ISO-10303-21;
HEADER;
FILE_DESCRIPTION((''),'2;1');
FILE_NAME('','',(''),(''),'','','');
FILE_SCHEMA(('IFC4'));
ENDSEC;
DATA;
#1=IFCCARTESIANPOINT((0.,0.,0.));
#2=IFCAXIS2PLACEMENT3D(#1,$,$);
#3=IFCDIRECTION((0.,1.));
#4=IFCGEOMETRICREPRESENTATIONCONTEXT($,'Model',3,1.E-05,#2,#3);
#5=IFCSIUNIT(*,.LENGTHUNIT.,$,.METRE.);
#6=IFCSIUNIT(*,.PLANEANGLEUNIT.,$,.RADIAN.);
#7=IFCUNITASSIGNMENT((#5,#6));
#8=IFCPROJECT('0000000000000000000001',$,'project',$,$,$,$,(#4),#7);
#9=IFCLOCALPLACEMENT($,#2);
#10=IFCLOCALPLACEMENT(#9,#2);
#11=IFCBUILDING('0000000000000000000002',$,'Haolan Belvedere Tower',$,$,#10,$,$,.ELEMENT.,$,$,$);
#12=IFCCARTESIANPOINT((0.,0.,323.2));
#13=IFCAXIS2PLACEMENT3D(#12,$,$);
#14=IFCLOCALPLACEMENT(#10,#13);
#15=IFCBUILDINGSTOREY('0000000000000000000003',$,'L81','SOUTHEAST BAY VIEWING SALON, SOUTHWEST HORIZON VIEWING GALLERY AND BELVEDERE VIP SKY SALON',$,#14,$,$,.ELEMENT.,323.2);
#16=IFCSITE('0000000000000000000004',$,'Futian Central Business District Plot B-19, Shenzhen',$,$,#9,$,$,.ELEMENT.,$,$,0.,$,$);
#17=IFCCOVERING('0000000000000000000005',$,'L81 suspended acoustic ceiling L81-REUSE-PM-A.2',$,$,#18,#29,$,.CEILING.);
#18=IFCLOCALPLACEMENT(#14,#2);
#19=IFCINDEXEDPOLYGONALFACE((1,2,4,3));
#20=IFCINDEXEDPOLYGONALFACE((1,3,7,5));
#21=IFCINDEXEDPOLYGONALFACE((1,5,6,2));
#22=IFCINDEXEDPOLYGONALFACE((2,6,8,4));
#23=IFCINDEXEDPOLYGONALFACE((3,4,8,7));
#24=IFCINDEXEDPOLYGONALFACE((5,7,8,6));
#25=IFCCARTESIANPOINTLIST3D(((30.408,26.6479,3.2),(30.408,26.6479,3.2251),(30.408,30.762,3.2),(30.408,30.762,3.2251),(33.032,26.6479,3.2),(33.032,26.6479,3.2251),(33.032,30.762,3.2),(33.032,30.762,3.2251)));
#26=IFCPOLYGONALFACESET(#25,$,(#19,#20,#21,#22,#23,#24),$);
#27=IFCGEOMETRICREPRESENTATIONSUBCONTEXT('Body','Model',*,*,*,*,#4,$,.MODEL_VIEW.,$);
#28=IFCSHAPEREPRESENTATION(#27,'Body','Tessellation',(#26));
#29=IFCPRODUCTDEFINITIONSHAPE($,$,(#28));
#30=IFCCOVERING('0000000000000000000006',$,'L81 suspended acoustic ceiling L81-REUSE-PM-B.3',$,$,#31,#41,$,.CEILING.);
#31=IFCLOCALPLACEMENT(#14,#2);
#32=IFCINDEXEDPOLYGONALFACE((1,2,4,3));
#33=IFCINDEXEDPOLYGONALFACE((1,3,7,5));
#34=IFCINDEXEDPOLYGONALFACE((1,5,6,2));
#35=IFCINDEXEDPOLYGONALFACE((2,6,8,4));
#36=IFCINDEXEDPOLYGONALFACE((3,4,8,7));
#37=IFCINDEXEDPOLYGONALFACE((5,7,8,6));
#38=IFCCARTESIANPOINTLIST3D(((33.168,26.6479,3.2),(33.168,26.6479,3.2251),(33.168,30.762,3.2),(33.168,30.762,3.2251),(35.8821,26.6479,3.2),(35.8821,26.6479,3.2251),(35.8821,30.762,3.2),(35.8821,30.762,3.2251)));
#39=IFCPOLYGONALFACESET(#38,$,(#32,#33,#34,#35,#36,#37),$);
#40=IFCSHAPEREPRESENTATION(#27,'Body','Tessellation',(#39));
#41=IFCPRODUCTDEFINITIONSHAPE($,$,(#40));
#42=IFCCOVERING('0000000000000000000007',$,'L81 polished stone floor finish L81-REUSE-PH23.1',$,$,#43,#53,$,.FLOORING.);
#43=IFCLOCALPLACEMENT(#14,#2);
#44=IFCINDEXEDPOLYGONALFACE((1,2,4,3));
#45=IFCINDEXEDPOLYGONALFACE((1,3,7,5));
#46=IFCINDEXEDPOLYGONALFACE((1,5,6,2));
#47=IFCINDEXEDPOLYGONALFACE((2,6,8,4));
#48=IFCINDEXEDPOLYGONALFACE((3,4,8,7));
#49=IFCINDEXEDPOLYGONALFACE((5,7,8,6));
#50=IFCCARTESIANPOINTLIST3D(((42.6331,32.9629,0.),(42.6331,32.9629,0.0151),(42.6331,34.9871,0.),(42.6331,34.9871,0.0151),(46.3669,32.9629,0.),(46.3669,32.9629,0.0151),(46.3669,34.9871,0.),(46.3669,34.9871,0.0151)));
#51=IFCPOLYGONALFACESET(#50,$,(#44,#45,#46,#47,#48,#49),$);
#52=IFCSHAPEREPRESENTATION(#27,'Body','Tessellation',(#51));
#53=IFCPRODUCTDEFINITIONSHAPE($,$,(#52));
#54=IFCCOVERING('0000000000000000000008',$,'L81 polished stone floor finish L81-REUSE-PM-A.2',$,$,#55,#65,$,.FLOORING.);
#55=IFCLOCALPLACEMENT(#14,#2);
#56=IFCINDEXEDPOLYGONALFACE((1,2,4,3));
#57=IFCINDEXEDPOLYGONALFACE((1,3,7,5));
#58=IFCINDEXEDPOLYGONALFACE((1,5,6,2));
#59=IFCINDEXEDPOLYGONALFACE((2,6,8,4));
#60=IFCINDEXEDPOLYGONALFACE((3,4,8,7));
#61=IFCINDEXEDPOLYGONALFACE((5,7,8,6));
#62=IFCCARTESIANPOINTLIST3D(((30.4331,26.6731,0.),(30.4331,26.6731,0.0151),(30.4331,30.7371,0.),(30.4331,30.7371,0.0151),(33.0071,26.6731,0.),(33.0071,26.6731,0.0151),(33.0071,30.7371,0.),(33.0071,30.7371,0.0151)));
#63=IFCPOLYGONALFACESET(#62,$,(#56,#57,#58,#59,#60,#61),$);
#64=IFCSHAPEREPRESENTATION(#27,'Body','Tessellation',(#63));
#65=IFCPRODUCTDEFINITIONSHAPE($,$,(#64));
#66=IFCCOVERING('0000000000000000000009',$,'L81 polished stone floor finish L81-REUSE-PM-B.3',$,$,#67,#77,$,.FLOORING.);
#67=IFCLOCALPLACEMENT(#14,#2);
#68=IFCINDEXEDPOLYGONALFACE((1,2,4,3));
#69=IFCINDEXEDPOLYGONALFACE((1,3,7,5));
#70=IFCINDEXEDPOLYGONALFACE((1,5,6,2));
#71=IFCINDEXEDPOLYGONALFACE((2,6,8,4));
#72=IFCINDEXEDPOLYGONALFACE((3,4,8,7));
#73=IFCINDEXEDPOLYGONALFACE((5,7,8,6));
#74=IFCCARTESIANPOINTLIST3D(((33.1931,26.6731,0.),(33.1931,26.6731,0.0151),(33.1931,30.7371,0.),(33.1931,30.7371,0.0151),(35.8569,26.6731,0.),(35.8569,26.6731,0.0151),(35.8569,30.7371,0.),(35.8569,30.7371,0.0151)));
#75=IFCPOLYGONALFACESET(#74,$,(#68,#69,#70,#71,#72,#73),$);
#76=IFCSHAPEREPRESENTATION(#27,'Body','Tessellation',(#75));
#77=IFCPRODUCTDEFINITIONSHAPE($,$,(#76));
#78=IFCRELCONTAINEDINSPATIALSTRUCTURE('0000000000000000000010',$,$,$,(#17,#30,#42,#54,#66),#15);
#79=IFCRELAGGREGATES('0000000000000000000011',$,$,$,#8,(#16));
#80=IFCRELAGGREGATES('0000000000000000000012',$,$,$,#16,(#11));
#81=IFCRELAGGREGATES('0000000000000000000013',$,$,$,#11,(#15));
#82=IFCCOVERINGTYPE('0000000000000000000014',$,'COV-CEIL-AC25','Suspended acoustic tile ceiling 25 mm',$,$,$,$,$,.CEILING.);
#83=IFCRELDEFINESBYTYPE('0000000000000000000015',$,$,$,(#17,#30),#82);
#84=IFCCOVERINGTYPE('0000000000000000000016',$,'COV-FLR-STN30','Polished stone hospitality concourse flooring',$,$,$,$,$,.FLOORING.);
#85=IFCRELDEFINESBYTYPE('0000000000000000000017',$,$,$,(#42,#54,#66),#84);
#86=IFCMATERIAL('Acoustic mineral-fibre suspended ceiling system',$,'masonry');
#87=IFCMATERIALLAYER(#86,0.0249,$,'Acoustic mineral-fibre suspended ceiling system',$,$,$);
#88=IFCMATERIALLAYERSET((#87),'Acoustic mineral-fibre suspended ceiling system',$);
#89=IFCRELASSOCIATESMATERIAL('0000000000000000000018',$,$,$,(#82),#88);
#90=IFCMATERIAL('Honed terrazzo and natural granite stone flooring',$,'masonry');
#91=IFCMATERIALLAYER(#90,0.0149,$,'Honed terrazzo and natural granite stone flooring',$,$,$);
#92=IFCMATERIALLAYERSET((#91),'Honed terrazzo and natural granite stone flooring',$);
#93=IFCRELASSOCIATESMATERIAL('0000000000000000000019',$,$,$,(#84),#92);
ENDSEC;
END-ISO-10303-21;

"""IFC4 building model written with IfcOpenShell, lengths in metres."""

from ifc_helpers import new_model, si_unit, direction, frame, origin, place, context, subcontext, project, spatial, polyline, outline, extrude, material, layer, layer_set, type_object, element, save


model = new_model("IFC4")

# Units and contexts
model_context = context("Model", 3, precision=1e-05, world=origin(), true_north=direction((0.0, 1.0)))
body_context = subcontext(model_context, "Body", "Model", "MODEL_VIEW")
ifc_project = project(units=[si_unit("LENGTHUNIT", "METRE"), si_unit("PLANEANGLEUNIT", "RADIAN")], contexts=[model_context])

# Site, building, storey
site_placement = place(None, origin())
site = spatial("IfcSite", under=ifc_project, at=site_placement, Name="Futian Central Business District Plot B-19, Shenzhen", CompositionType="ELEMENT", RefElevation=0.0)
building_placement = place(site_placement, origin())
building = spatial("IfcBuilding", under=site, at=building_placement, Name="Haolan Belvedere Tower", CompositionType="ELEMENT")
storey_placement = place(building_placement, frame((0.0, 0.0, 323.2)))
storey = spatial("IfcBuildingStorey", under=building, at=storey_placement, Name="L81", Description="SOUTHEAST BAY VIEWING SALON, SOUTHWEST HORIZON VIEWING GALLERY AND BELVEDERE VIP SKY SALON", CompositionType="ELEMENT", Elevation=323.2)

# Coverings
ifc_material_1 = material(Name="Acoustic mineral-fibre suspended ceiling system", Category="masonry")
ifc_layer_1 = layer(ifc_material_1, 0.0249, Name="Acoustic mineral-fibre suspended ceiling system")
ifc_layer_set_1 = layer_set([ifc_layer_1], Name="Acoustic mineral-fibre suspended ceiling system")
covering_type_1 = type_object("IfcCoveringType", Name="COV-CEIL-AC25", Description="Suspended acoustic tile ceiling 25 mm", PredefinedType="CEILING", material=ifc_layer_set_1)
covering_1_placement = place(storey_placement, frame((0.0, 0.0, 3.2)))
element("IfcCovering", 1, at=covering_1_placement, inside=storey, type_object=covering_type_1, Name="L81 suspended acoustic ceiling L81-REUSE-PM-A.2", PredefinedType="CEILING", context=body_context, shape_type="SweptSolid", body=[
    extrude(outline(polyline([(30.408, 26.6479), (33.032, 26.6479), (33.032, 30.762), (30.408, 30.762), (30.408, 26.6479)])), origin(), (0.0, 0.0, 1.0), 0.0251),
])
covering_2_placement = place(storey_placement, frame((0.0, 0.0, 3.2)))
element("IfcCovering", 2, at=covering_2_placement, inside=storey, type_object=covering_type_1, Name="L81 suspended acoustic ceiling L81-REUSE-PM-B.3", PredefinedType="CEILING", context=body_context, shape_type="SweptSolid", body=[
    extrude(outline(polyline([(33.168, 26.6479), (35.8821, 26.6479), (35.8821, 30.762), (33.168, 30.762), (33.168, 26.6479)])), origin(), (0.0, 0.0, 1.0), 0.0251),
])
ifc_material_2 = material(Name="Honed terrazzo and natural granite stone flooring", Category="masonry")
ifc_layer_2 = layer(ifc_material_2, 0.0149, Name="Honed terrazzo and natural granite stone flooring")
ifc_layer_set_2 = layer_set([ifc_layer_2], Name="Honed terrazzo and natural granite stone flooring")
covering_type_2 = type_object("IfcCoveringType", Name="COV-FLR-STN30", Description="Polished stone hospitality concourse flooring", PredefinedType="FLOORING", material=ifc_layer_set_2)
covering_3_placement = place(storey_placement, origin())
element("IfcCovering", 3, at=covering_3_placement, inside=storey, type_object=covering_type_2, Name="L81 polished stone floor finish L81-REUSE-PH23.1", PredefinedType="FLOORING", context=body_context, shape_type="SweptSolid", body=[
    extrude(outline(polyline([(46.3669, 32.9629), (46.3669, 34.9871), (42.6331, 34.9871), (42.6331, 32.9629), (46.3669, 32.9629)])), origin(), (0.0, 0.0, 1.0), 0.0151),
])
covering_4_placement = place(storey_placement, origin())
element("IfcCovering", 4, at=covering_4_placement, inside=storey, type_object=covering_type_2, Name="L81 polished stone floor finish L81-REUSE-PM-A.2", PredefinedType="FLOORING", context=body_context, shape_type="SweptSolid", body=[
    extrude(outline(polyline([(33.0071, 26.6731), (33.0071, 30.7371), (30.4331, 30.7371), (30.4331, 26.6731), (33.0071, 26.6731)])), origin(), (0.0, 0.0, 1.0), 0.0151),
])
covering_5_placement = place(storey_placement, origin())
element("IfcCovering", 5, at=covering_5_placement, inside=storey, type_object=covering_type_2, Name="L81 polished stone floor finish L81-REUSE-PM-B.3", PredefinedType="FLOORING", context=body_context, shape_type="SweptSolid", body=[
    extrude(outline(polyline([(35.8569, 26.6731), (35.8569, 30.7371), (33.1931, 30.7371), (33.1931, 26.6731), (35.8569, 26.6731)])), origin(), (0.0, 0.0, 1.0), 0.0151),
])

save(model, "model.ifc")
